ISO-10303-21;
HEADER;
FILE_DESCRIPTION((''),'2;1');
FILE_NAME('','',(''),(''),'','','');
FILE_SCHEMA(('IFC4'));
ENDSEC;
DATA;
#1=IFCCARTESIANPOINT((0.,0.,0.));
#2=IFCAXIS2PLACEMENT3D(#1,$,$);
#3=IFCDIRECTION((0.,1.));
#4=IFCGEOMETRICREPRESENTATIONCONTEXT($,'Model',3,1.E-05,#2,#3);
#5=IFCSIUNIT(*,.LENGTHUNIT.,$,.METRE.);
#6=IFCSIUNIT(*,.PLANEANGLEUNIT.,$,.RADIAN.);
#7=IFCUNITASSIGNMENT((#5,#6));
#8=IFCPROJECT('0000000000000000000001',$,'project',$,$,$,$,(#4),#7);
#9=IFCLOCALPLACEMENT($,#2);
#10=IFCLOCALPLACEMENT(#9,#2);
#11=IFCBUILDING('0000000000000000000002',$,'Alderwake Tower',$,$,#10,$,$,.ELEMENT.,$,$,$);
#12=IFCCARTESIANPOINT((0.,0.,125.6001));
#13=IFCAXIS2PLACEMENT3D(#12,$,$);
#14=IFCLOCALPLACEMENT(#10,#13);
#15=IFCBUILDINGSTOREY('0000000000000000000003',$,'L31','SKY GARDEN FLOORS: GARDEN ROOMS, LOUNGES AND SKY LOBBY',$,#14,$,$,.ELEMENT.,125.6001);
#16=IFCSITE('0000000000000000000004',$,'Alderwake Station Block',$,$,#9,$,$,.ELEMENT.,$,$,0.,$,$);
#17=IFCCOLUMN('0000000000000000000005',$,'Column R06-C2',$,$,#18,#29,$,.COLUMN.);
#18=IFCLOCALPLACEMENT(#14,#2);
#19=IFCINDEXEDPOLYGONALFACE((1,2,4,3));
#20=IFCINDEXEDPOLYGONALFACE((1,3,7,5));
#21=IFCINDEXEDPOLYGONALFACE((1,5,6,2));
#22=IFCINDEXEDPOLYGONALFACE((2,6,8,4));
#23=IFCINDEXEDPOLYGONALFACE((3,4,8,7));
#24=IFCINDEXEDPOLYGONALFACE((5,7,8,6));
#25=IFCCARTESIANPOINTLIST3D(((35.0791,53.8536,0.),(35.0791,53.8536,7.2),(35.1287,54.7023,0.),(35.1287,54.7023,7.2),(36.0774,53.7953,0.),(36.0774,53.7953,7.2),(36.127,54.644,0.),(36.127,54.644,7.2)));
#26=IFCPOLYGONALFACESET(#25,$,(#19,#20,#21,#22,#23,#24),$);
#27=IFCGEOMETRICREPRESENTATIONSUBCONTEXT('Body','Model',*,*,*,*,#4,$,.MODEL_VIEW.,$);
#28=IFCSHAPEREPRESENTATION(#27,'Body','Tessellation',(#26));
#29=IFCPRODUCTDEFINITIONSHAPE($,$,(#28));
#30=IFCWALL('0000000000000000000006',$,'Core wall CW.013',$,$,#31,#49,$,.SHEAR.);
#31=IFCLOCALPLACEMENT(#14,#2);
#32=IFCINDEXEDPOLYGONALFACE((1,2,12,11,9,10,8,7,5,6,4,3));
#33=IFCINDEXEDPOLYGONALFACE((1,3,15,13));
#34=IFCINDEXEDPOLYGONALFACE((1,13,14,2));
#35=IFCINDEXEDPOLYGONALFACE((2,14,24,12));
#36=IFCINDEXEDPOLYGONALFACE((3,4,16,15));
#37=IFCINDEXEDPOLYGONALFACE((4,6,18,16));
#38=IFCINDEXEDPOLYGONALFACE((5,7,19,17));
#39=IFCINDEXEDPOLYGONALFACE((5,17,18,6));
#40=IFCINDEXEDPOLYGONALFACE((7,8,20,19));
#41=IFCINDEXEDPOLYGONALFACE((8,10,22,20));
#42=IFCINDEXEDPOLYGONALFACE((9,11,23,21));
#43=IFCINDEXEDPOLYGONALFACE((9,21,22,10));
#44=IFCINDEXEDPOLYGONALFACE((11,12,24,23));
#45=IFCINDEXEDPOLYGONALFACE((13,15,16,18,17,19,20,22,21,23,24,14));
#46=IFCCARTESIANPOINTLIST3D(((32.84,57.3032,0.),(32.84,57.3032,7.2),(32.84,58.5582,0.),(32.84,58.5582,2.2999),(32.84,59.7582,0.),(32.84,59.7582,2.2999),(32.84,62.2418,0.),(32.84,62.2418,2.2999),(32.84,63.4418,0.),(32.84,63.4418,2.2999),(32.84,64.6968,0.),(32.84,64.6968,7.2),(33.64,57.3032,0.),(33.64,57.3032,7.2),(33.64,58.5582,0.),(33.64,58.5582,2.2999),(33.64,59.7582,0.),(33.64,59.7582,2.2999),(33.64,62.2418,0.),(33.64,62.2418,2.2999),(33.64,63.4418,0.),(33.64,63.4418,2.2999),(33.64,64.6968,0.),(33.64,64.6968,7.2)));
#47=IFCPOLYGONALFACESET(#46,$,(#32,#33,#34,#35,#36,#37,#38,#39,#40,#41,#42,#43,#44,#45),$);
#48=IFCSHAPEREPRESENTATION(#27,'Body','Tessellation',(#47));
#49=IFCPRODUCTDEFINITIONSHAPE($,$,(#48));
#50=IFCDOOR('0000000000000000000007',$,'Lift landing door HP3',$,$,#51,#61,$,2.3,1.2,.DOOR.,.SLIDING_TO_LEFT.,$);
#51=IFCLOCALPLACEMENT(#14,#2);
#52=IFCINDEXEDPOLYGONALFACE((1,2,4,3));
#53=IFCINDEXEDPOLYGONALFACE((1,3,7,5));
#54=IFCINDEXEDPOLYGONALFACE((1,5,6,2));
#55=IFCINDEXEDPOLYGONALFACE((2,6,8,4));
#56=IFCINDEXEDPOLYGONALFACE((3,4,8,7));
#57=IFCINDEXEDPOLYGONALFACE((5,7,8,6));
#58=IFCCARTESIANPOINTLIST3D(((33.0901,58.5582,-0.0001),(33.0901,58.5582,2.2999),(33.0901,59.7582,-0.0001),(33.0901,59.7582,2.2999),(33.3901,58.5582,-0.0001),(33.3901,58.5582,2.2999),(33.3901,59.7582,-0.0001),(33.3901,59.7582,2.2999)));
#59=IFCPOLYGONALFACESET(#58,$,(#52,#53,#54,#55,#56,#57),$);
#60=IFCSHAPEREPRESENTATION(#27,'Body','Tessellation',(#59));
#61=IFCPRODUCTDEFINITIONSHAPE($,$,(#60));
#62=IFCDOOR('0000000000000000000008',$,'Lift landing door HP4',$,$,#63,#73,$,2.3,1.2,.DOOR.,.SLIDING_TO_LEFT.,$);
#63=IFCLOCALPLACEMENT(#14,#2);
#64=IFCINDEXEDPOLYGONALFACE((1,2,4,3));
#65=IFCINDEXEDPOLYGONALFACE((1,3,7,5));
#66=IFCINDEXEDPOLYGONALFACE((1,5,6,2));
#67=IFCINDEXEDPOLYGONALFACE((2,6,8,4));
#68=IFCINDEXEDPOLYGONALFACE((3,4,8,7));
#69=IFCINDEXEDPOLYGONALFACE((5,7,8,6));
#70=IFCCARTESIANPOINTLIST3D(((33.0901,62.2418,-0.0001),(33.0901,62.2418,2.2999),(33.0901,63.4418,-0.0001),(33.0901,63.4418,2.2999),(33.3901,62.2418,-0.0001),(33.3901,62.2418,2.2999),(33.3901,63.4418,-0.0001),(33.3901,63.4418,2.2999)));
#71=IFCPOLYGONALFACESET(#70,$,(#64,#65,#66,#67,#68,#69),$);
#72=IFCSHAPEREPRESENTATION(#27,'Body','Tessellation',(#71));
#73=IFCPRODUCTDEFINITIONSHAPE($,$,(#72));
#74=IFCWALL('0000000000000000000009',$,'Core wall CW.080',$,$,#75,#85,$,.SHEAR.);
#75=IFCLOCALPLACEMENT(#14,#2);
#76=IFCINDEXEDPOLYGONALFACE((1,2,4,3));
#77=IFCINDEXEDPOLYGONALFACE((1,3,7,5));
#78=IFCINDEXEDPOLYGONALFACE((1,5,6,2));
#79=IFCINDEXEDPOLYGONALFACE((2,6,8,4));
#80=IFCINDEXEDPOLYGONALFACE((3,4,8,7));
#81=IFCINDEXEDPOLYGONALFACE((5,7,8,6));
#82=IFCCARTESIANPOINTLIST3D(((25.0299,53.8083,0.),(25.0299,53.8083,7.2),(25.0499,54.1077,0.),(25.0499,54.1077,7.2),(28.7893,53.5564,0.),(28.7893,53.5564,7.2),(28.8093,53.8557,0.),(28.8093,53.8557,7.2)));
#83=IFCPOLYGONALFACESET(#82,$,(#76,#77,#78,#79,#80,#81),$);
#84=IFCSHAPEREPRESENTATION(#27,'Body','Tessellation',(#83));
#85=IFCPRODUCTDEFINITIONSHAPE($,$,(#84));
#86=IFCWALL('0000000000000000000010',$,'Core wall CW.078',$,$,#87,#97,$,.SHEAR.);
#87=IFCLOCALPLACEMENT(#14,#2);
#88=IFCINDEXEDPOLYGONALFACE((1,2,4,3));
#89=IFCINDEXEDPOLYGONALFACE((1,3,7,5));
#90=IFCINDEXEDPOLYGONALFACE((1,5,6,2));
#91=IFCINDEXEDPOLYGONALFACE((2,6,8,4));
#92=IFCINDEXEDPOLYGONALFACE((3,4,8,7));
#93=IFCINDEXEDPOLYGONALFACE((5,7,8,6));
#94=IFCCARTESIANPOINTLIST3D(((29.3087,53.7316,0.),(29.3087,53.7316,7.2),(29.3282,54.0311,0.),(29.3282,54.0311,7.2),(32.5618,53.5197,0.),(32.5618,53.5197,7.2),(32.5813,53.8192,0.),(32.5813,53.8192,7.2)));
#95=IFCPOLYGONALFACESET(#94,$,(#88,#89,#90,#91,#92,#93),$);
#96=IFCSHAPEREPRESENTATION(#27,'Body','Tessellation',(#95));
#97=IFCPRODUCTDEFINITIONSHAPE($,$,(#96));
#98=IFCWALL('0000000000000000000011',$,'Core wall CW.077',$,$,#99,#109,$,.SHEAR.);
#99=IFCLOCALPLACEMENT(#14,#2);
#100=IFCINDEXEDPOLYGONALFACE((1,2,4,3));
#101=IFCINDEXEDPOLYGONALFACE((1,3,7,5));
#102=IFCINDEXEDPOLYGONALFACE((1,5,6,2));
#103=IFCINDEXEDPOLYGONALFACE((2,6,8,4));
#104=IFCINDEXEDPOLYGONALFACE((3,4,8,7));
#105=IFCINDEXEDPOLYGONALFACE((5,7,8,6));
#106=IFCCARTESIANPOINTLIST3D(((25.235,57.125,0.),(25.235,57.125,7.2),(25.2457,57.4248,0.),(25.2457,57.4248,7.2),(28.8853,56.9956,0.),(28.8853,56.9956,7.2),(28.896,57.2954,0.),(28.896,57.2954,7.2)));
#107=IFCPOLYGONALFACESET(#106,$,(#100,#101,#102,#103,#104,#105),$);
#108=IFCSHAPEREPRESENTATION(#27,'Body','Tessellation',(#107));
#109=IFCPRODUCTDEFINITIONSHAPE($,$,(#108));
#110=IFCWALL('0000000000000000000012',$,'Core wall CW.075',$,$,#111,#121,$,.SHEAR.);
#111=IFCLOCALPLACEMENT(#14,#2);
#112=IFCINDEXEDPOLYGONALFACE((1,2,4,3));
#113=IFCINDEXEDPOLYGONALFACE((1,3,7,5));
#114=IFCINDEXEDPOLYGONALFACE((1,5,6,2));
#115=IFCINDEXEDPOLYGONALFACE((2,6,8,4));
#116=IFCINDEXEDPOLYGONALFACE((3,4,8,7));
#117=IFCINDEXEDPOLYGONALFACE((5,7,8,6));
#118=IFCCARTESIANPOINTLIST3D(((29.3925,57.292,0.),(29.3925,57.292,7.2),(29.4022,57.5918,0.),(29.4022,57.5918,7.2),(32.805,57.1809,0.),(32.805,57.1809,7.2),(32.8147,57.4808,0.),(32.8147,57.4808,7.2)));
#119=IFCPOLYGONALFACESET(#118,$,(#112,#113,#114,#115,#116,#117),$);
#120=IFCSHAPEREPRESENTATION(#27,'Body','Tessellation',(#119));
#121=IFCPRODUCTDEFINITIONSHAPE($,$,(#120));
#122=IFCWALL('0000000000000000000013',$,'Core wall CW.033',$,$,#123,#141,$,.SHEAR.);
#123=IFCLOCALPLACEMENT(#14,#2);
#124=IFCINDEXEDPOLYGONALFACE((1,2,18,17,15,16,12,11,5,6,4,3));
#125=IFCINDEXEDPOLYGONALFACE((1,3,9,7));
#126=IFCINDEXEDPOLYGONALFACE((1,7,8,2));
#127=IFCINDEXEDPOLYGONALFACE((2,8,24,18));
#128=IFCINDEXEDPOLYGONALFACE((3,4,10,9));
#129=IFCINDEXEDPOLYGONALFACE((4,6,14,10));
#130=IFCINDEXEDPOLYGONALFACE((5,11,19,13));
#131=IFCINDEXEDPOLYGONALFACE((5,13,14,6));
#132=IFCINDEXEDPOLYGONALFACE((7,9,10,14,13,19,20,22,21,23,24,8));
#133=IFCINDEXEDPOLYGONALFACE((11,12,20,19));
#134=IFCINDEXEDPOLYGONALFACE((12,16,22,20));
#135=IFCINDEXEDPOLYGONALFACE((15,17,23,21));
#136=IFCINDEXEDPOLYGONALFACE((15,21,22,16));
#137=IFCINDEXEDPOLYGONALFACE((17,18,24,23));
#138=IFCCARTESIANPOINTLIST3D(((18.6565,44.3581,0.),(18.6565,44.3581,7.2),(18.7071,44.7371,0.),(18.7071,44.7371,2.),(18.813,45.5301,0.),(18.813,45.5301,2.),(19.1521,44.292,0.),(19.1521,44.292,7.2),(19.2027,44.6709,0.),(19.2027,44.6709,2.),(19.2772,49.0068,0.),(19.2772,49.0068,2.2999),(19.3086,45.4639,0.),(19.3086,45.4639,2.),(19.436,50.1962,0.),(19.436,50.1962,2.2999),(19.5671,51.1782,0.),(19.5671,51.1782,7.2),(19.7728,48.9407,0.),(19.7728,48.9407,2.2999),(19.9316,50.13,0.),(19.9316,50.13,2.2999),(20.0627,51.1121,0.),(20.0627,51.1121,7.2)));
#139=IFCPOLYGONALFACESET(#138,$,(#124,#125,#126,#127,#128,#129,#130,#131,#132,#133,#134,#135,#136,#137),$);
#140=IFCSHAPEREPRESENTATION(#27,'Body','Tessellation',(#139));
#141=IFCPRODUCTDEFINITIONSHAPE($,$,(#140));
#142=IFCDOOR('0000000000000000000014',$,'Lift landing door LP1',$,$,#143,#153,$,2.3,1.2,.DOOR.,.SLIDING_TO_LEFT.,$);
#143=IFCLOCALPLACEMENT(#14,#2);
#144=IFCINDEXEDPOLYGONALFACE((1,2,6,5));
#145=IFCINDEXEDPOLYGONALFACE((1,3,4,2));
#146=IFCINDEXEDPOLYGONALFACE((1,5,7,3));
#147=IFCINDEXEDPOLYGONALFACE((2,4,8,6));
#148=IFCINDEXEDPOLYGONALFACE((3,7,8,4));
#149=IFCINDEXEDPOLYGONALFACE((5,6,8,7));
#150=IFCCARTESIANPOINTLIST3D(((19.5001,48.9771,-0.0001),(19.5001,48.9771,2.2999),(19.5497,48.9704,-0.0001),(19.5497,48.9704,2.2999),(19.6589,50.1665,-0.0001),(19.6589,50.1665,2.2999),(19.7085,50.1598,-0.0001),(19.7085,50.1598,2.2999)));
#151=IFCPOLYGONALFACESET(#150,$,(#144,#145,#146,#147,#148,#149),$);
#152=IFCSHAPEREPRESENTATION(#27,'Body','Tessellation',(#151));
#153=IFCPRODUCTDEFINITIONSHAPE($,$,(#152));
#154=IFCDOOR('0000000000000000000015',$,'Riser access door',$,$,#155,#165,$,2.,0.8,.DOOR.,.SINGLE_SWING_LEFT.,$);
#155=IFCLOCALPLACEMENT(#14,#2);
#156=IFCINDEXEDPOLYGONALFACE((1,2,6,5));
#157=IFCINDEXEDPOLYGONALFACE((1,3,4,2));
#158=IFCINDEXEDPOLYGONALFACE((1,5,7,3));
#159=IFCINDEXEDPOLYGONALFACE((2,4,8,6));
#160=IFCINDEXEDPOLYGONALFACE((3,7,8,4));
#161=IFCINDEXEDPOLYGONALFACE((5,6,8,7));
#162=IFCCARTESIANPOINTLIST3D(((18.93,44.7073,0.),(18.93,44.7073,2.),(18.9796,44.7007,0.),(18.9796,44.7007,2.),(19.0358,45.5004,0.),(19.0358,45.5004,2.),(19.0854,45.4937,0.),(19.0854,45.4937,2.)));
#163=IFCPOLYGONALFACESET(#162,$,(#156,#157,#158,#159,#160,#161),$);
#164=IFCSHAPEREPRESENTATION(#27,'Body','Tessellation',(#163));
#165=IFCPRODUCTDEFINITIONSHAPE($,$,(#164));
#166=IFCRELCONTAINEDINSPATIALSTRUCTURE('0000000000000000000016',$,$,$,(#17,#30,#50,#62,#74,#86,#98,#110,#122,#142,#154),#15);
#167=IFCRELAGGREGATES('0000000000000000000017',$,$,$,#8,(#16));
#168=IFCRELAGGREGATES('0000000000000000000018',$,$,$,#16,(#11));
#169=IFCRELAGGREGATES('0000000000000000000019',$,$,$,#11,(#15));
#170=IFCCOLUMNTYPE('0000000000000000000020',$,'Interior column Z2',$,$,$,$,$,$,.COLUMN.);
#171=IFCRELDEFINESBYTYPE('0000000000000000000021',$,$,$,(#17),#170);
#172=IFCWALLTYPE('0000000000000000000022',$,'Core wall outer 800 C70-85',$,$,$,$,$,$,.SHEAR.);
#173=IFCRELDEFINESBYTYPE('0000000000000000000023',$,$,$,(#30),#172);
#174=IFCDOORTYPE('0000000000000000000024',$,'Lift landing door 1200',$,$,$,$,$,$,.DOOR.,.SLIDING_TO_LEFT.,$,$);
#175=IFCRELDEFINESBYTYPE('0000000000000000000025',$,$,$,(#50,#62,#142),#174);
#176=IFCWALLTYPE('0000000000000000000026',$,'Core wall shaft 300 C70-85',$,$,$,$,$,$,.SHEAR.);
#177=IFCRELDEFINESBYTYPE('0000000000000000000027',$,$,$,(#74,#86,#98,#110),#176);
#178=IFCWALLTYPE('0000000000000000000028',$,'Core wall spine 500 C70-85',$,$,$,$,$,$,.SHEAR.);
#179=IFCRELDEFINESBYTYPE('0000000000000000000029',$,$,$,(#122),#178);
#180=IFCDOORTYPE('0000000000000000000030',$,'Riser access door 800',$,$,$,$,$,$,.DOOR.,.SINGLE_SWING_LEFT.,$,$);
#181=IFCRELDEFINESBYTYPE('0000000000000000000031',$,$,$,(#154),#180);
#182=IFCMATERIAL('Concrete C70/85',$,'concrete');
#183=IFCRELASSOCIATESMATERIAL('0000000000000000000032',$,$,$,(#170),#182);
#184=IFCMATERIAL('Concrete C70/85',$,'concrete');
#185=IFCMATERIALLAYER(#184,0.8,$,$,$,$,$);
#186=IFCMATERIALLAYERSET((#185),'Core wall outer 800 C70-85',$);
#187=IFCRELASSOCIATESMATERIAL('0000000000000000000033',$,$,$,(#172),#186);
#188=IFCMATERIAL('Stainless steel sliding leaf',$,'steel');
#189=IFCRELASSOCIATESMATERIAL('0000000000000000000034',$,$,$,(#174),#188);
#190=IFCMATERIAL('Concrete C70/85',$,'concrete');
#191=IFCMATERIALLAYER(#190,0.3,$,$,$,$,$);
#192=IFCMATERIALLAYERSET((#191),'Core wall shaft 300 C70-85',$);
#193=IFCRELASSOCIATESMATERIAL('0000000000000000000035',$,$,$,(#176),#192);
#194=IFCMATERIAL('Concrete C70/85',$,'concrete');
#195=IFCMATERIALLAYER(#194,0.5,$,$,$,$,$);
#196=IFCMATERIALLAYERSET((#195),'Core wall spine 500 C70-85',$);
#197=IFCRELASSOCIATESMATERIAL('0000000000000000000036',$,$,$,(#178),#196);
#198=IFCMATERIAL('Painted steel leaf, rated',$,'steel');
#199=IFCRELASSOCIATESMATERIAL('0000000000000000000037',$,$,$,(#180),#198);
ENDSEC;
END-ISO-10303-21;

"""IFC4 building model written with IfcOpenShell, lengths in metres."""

from ifc_helpers import new_model, si_unit, direction, frame, frame_2d, origin, origin_2d, place, context, subcontext, project, spatial, rectangle, extrude, material, layer, layer_set, material_profile, profile_set, type_object, element, fill, save


model = new_model("IFC4")

# Units and contexts
model_context = context("Model", 3, precision=1e-05, world=origin(), true_north=direction((0.0, 1.0)))
body_context = subcontext(model_context, "Body", "Model", "MODEL_VIEW")
ifc_project = project(units=[si_unit("LENGTHUNIT", "METRE"), si_unit("PLANEANGLEUNIT", "RADIAN")], contexts=[model_context])

# Site, building, storey
site_placement = place(None, origin())
site = spatial("IfcSite", under=ifc_project, at=site_placement, Name="Alderwake Station Block", CompositionType="ELEMENT", RefElevation=0.0)
building_placement = place(site_placement, origin())
building = spatial("IfcBuilding", under=site, at=building_placement, Name="Alderwake Tower", CompositionType="ELEMENT")
storey_placement = place(building_placement, frame((0.0, 0.0, 125.6001)))
storey = spatial("IfcBuildingStorey", under=building, at=storey_placement, Name="L31", Description="SKY GARDEN FLOORS: GARDEN ROOMS, LOUNGES AND SKY LOBBY", CompositionType="ELEMENT", Elevation=125.6001)

# Column
ifc_material_1 = material(Name="Concrete C70/85", Category="concrete")
ifc_material_profile = material_profile(ifc_material_1, rectangle(XDim=0.8501, YDim=1.0, at=origin_2d()), Name="RC 1000X850")
ifc_profile_set = profile_set([ifc_material_profile], Name="Concrete C70/85")
column_type = type_object("IfcColumnType", Name="Interior column Z2", PredefinedType="COLUMN", material=ifc_profile_set)
column_placement = place(storey_placement, frame((35.603, 54.2488, 0.0), z_axis=(0.0, 0.0, 1.0), x_axis=(0.058301, 0.998299, 0.0)))
element("IfcColumn", 1, at=column_placement, inside=storey, type_object=column_type, Name="Column R06-C2", PredefinedType="COLUMN", context=body_context, shape_type="SweptSolid", body=[
    extrude(rectangle(XDim=0.8501, YDim=1.0, at=origin_2d()), origin(), (0.0, 0.0, 1.0), 7.2),
])

# Wall, openings, doors
ifc_material_2 = material(Name="Concrete C70/85", Category="concrete")
ifc_layer_1 = layer(ifc_material_2, 0.8)
ifc_layer_set_1 = layer_set([ifc_layer_1], Name="Core wall outer 800 C70-85")
wall_type_1 = type_object("IfcWallType", Name="Core wall outer 800 C70-85", PredefinedType="SHEAR", material=ifc_layer_set_1)
wall_1_placement = place(storey_placement, frame((33.24, 57.3032, 0.0), z_axis=(0.0, 0.0, 1.0), x_axis=(0.0, 1.0, 0.0)))
wall_1 = element("IfcWall", 2, at=wall_1_placement, inside=storey, type_object=wall_type_1, Name="Core wall CW.013", PredefinedType="SHEAR", context=body_context, shape_type="SweptSolid", body=[
    extrude(rectangle(XDim=7.3936, YDim=0.8, at=frame_2d((3.6968, 0.0))), origin(), (0.0, 0.0, 1.0), 7.2),
])
opening_1_placement = place(wall_1_placement, frame((1.2549, 0.0, 0.0)))
opening_1 = element("IfcOpeningElement", 3, at=opening_1_placement, cuts=wall_1, PredefinedType="OPENING", context=body_context, shape_type="SweptSolid", body=[
    extrude(rectangle(XDim=1.2, YDim=2.3, at=frame_2d((0.6001, 1.1499))), frame((0.0, 0.4099, 0.0), z_axis=(0.0, -1.0, 0.0), x_axis=(1.0, 0.0, 0.0)), (0.0, 0.0, 1.0), 0.8201),
])
opening_2_placement = place(wall_1_placement, frame((4.9385, 0.0, 0.0)))
opening_2 = element("IfcOpeningElement", 4, at=opening_2_placement, cuts=wall_1, PredefinedType="OPENING", context=body_context, shape_type="SweptSolid", body=[
    extrude(rectangle(XDim=1.2, YDim=2.3, at=frame_2d((0.6001, 1.1499))), frame((0.0, 0.4099, 0.0), z_axis=(0.0, -1.0, 0.0), x_axis=(1.0, 0.0, 0.0)), (0.0, 0.0, 1.0), 0.8201),
])
ifc_material_3 = material(Name="Stainless steel sliding leaf", Category="steel")
door_type_1 = type_object("IfcDoorType", Name="Lift landing door 1200", OperationType="SLIDING_TO_LEFT", PredefinedType="DOOR", material=ifc_material_3)
door_1_placement = place(opening_1_placement, origin())
door_1 = element("IfcDoor", 5, at=door_1_placement, inside=storey, type_object=door_type_1, Name="Lift landing door HP3", OperationType="SLIDING_TO_LEFT", OverallHeight=2.3, OverallWidth=1.2, PredefinedType="DOOR", context=body_context, shape_type="SweptSolid", body=[
    extrude(rectangle(XDim=1.2, YDim=2.3, at=frame_2d((0.6001, 1.1499))), frame((0.0, 0.1499, 0.0), z_axis=(0.0, -1.0, 0.0), x_axis=(1.0, 0.0, 0.0)), (0.0, 0.0, 1.0), 0.3),
])
fill(opening_1, door_1)
door_2_placement = place(opening_2_placement, origin())
door_2 = element("IfcDoor", 6, at=door_2_placement, inside=storey, type_object=door_type_1, Name="Lift landing door HP4", OperationType="SLIDING_TO_LEFT", OverallHeight=2.3, OverallWidth=1.2, PredefinedType="DOOR", context=body_context, shape_type="SweptSolid", body=[
    extrude(rectangle(XDim=1.2, YDim=2.3, at=frame_2d((0.6001, 1.1499))), frame((0.0, 0.1499, 0.0), z_axis=(0.0, -1.0, 0.0), x_axis=(1.0, 0.0, 0.0)), (0.0, 0.0, 1.0), 0.3),
])
fill(opening_2, door_2)

# Walls
ifc_material_4 = material(Name="Concrete C70/85", Category="concrete")
ifc_layer_2 = layer(ifc_material_4, 0.3)
ifc_layer_set_2 = layer_set([ifc_layer_2], Name="Core wall shaft 300 C70-85")
wall_type_2 = type_object("IfcWallType", Name="Core wall shaft 300 C70-85", PredefinedType="SHEAR", material=ifc_layer_set_2)
wall_2_placement = place(storey_placement, frame((25.04, 53.958, 0.0), z_axis=(0.0, 0.0, 1.0), x_axis=(0.997762, -0.066872, 0.0)))
element("IfcWall", 7, at=wall_2_placement, inside=storey, type_object=wall_type_2, Name="Core wall CW.080", PredefinedType="SHEAR", context=body_context, shape_type="SweptSolid", body=[
    extrude(rectangle(XDim=3.7678, YDim=0.3, at=frame_2d((1.8838, 0.0))), origin(), (0.0, 0.0, 1.0), 7.2),
])
wall_3_placement = place(storey_placement, frame((29.3186, 53.8813, 0.0), z_axis=(0.0, 0.0, 1.0), x_axis=(0.997885, -0.065003, 0.0)))
element("IfcWall", 8, at=wall_3_placement, inside=storey, type_object=wall_type_2, Name="Core wall CW.078", PredefinedType="SHEAR", context=body_context, shape_type="SweptSolid", body=[
    extrude(rectangle(XDim=3.26, YDim=0.3, at=frame_2d((1.6299, 0.0))), origin(), (0.0, 0.0, 1.0), 7.2),
])
wall_4_placement = place(storey_placement, frame((25.2405, 57.2749, 0.0), z_axis=(0.0, 0.0, 1.0), x_axis=(0.999372, -0.035425, 0.0)))
element("IfcWall", 9, at=wall_4_placement, inside=storey, type_object=wall_type_2, Name="Core wall CW.077", PredefinedType="SHEAR", context=body_context, shape_type="SweptSolid", body=[
    extrude(rectangle(XDim=3.6526, YDim=0.3, at=frame_2d((1.8262, 0.0))), origin(), (0.0, 0.0, 1.0), 7.2),
])
wall_5_placement = place(storey_placement, frame((29.3975, 57.4419, 0.0), z_axis=(0.0, 0.0, 1.0), x_axis=(0.999471, -0.032534, 0.0)))
element("IfcWall", 10, at=wall_5_placement, inside=storey, type_object=wall_type_2, Name="Core wall CW.075", PredefinedType="SHEAR", context=body_context, shape_type="SweptSolid", body=[
    extrude(rectangle(XDim=3.4143, YDim=0.3, at=frame_2d((1.707, 0.0))), origin(), (0.0, 0.0, 1.0), 7.2),
])

# Wall, openings, doors
ifc_material_5 = material(Name="Concrete C70/85", Category="concrete")
ifc_layer_3 = layer(ifc_material_5, 0.5)
ifc_layer_set_3 = layer_set([ifc_layer_3], Name="Core wall spine 500 C70-85")
wall_type_3 = type_object("IfcWallType", Name="Core wall spine 500 C70-85", PredefinedType="SHEAR", material=ifc_layer_set_3)
wall_6_placement = place(storey_placement, frame((19.8149, 51.1453, 0.0), z_axis=(0.0, 0.0, 1.0), x_axis=(-0.13235, -0.991203, 0.0)))
wall_6 = element("IfcWall", 11, at=wall_6_placement, inside=storey, type_object=wall_type_3, Name="Core wall CW.033", PredefinedType="SHEAR", context=body_context, shape_type="SweptSolid", body=[
    extrude(rectangle(XDim=6.8806, YDim=0.5, at=frame_2d((3.4404, 0.0))), origin(), (0.0, 0.0, 1.0), 7.2),
])
opening_3_placement = place(wall_6_placement, frame((0.9907, 0.0, 0.0)))
opening_3 = element("IfcOpeningElement", 12, at=opening_3_placement, cuts=wall_6, PredefinedType="OPENING", context=body_context, shape_type="SweptSolid", body=[
    extrude(rectangle(XDim=1.2, YDim=2.3, at=frame_2d((0.6001, 1.1499))), frame((0.0, 0.26, 0.0), z_axis=(0.0, -1.0, 0.0), x_axis=(1.0, 0.0, 0.0)), (0.0, 0.0, 1.0), 0.52),
])
opening_4_placement = place(wall_6_placement, frame((5.6985, 0.0, 0.0)))
opening_4 = element("IfcOpeningElement", 13, at=opening_4_placement, cuts=wall_6, PredefinedType="OPENING", context=body_context, shape_type="SweptSolid", body=[
    extrude(rectangle(XDim=0.8, YDim=2.0, at=frame_2d((0.3999, 1.0))), frame((0.0, 0.26, 0.0), z_axis=(0.0, -1.0, 0.0), x_axis=(1.0, 0.0, 0.0)), (0.0, 0.0, 1.0), 0.52),
])
door_3_placement = place(opening_3_placement, origin())
door_3 = element("IfcDoor", 14, at=door_3_placement, inside=storey, type_object=door_type_1, Name="Lift landing door LP1", OperationType="SLIDING_TO_LEFT", OverallHeight=2.3, OverallWidth=1.2, PredefinedType="DOOR", context=body_context, shape_type="SweptSolid", body=[
    extrude(rectangle(XDim=1.2, YDim=2.3, at=frame_2d((0.6001, 1.1499))), frame((0.0, 0.0249, 0.0), z_axis=(0.0, -1.0, 0.0), x_axis=(1.0, 0.0, 0.0)), (0.0, 0.0, 1.0), 0.05),
])
fill(opening_3, door_3)
ifc_material_6 = material(Name="Painted steel leaf, rated", Category="steel")
door_type_2 = type_object("IfcDoorType", Name="Riser access door 800", OperationType="SINGLE_SWING_LEFT", PredefinedType="DOOR", material=ifc_material_6)
door_4_placement = place(opening_4_placement, origin())
door_4 = element("IfcDoor", 15, at=door_4_placement, inside=storey, type_object=door_type_2, Name="Riser access door", OperationType="SINGLE_SWING_LEFT", OverallHeight=2.0, OverallWidth=0.8, PredefinedType="DOOR", context=body_context, shape_type="SweptSolid", body=[
    extrude(rectangle(XDim=0.8, YDim=2.0, at=frame_2d((0.3999, 1.0))), frame((0.0, 0.0249, 0.0), z_axis=(0.0, -1.0, 0.0), x_axis=(1.0, 0.0, 0.0)), (0.0, 0.0, 1.0), 0.05),
])
fill(opening_4, door_4)

save(model, "model.ifc")
